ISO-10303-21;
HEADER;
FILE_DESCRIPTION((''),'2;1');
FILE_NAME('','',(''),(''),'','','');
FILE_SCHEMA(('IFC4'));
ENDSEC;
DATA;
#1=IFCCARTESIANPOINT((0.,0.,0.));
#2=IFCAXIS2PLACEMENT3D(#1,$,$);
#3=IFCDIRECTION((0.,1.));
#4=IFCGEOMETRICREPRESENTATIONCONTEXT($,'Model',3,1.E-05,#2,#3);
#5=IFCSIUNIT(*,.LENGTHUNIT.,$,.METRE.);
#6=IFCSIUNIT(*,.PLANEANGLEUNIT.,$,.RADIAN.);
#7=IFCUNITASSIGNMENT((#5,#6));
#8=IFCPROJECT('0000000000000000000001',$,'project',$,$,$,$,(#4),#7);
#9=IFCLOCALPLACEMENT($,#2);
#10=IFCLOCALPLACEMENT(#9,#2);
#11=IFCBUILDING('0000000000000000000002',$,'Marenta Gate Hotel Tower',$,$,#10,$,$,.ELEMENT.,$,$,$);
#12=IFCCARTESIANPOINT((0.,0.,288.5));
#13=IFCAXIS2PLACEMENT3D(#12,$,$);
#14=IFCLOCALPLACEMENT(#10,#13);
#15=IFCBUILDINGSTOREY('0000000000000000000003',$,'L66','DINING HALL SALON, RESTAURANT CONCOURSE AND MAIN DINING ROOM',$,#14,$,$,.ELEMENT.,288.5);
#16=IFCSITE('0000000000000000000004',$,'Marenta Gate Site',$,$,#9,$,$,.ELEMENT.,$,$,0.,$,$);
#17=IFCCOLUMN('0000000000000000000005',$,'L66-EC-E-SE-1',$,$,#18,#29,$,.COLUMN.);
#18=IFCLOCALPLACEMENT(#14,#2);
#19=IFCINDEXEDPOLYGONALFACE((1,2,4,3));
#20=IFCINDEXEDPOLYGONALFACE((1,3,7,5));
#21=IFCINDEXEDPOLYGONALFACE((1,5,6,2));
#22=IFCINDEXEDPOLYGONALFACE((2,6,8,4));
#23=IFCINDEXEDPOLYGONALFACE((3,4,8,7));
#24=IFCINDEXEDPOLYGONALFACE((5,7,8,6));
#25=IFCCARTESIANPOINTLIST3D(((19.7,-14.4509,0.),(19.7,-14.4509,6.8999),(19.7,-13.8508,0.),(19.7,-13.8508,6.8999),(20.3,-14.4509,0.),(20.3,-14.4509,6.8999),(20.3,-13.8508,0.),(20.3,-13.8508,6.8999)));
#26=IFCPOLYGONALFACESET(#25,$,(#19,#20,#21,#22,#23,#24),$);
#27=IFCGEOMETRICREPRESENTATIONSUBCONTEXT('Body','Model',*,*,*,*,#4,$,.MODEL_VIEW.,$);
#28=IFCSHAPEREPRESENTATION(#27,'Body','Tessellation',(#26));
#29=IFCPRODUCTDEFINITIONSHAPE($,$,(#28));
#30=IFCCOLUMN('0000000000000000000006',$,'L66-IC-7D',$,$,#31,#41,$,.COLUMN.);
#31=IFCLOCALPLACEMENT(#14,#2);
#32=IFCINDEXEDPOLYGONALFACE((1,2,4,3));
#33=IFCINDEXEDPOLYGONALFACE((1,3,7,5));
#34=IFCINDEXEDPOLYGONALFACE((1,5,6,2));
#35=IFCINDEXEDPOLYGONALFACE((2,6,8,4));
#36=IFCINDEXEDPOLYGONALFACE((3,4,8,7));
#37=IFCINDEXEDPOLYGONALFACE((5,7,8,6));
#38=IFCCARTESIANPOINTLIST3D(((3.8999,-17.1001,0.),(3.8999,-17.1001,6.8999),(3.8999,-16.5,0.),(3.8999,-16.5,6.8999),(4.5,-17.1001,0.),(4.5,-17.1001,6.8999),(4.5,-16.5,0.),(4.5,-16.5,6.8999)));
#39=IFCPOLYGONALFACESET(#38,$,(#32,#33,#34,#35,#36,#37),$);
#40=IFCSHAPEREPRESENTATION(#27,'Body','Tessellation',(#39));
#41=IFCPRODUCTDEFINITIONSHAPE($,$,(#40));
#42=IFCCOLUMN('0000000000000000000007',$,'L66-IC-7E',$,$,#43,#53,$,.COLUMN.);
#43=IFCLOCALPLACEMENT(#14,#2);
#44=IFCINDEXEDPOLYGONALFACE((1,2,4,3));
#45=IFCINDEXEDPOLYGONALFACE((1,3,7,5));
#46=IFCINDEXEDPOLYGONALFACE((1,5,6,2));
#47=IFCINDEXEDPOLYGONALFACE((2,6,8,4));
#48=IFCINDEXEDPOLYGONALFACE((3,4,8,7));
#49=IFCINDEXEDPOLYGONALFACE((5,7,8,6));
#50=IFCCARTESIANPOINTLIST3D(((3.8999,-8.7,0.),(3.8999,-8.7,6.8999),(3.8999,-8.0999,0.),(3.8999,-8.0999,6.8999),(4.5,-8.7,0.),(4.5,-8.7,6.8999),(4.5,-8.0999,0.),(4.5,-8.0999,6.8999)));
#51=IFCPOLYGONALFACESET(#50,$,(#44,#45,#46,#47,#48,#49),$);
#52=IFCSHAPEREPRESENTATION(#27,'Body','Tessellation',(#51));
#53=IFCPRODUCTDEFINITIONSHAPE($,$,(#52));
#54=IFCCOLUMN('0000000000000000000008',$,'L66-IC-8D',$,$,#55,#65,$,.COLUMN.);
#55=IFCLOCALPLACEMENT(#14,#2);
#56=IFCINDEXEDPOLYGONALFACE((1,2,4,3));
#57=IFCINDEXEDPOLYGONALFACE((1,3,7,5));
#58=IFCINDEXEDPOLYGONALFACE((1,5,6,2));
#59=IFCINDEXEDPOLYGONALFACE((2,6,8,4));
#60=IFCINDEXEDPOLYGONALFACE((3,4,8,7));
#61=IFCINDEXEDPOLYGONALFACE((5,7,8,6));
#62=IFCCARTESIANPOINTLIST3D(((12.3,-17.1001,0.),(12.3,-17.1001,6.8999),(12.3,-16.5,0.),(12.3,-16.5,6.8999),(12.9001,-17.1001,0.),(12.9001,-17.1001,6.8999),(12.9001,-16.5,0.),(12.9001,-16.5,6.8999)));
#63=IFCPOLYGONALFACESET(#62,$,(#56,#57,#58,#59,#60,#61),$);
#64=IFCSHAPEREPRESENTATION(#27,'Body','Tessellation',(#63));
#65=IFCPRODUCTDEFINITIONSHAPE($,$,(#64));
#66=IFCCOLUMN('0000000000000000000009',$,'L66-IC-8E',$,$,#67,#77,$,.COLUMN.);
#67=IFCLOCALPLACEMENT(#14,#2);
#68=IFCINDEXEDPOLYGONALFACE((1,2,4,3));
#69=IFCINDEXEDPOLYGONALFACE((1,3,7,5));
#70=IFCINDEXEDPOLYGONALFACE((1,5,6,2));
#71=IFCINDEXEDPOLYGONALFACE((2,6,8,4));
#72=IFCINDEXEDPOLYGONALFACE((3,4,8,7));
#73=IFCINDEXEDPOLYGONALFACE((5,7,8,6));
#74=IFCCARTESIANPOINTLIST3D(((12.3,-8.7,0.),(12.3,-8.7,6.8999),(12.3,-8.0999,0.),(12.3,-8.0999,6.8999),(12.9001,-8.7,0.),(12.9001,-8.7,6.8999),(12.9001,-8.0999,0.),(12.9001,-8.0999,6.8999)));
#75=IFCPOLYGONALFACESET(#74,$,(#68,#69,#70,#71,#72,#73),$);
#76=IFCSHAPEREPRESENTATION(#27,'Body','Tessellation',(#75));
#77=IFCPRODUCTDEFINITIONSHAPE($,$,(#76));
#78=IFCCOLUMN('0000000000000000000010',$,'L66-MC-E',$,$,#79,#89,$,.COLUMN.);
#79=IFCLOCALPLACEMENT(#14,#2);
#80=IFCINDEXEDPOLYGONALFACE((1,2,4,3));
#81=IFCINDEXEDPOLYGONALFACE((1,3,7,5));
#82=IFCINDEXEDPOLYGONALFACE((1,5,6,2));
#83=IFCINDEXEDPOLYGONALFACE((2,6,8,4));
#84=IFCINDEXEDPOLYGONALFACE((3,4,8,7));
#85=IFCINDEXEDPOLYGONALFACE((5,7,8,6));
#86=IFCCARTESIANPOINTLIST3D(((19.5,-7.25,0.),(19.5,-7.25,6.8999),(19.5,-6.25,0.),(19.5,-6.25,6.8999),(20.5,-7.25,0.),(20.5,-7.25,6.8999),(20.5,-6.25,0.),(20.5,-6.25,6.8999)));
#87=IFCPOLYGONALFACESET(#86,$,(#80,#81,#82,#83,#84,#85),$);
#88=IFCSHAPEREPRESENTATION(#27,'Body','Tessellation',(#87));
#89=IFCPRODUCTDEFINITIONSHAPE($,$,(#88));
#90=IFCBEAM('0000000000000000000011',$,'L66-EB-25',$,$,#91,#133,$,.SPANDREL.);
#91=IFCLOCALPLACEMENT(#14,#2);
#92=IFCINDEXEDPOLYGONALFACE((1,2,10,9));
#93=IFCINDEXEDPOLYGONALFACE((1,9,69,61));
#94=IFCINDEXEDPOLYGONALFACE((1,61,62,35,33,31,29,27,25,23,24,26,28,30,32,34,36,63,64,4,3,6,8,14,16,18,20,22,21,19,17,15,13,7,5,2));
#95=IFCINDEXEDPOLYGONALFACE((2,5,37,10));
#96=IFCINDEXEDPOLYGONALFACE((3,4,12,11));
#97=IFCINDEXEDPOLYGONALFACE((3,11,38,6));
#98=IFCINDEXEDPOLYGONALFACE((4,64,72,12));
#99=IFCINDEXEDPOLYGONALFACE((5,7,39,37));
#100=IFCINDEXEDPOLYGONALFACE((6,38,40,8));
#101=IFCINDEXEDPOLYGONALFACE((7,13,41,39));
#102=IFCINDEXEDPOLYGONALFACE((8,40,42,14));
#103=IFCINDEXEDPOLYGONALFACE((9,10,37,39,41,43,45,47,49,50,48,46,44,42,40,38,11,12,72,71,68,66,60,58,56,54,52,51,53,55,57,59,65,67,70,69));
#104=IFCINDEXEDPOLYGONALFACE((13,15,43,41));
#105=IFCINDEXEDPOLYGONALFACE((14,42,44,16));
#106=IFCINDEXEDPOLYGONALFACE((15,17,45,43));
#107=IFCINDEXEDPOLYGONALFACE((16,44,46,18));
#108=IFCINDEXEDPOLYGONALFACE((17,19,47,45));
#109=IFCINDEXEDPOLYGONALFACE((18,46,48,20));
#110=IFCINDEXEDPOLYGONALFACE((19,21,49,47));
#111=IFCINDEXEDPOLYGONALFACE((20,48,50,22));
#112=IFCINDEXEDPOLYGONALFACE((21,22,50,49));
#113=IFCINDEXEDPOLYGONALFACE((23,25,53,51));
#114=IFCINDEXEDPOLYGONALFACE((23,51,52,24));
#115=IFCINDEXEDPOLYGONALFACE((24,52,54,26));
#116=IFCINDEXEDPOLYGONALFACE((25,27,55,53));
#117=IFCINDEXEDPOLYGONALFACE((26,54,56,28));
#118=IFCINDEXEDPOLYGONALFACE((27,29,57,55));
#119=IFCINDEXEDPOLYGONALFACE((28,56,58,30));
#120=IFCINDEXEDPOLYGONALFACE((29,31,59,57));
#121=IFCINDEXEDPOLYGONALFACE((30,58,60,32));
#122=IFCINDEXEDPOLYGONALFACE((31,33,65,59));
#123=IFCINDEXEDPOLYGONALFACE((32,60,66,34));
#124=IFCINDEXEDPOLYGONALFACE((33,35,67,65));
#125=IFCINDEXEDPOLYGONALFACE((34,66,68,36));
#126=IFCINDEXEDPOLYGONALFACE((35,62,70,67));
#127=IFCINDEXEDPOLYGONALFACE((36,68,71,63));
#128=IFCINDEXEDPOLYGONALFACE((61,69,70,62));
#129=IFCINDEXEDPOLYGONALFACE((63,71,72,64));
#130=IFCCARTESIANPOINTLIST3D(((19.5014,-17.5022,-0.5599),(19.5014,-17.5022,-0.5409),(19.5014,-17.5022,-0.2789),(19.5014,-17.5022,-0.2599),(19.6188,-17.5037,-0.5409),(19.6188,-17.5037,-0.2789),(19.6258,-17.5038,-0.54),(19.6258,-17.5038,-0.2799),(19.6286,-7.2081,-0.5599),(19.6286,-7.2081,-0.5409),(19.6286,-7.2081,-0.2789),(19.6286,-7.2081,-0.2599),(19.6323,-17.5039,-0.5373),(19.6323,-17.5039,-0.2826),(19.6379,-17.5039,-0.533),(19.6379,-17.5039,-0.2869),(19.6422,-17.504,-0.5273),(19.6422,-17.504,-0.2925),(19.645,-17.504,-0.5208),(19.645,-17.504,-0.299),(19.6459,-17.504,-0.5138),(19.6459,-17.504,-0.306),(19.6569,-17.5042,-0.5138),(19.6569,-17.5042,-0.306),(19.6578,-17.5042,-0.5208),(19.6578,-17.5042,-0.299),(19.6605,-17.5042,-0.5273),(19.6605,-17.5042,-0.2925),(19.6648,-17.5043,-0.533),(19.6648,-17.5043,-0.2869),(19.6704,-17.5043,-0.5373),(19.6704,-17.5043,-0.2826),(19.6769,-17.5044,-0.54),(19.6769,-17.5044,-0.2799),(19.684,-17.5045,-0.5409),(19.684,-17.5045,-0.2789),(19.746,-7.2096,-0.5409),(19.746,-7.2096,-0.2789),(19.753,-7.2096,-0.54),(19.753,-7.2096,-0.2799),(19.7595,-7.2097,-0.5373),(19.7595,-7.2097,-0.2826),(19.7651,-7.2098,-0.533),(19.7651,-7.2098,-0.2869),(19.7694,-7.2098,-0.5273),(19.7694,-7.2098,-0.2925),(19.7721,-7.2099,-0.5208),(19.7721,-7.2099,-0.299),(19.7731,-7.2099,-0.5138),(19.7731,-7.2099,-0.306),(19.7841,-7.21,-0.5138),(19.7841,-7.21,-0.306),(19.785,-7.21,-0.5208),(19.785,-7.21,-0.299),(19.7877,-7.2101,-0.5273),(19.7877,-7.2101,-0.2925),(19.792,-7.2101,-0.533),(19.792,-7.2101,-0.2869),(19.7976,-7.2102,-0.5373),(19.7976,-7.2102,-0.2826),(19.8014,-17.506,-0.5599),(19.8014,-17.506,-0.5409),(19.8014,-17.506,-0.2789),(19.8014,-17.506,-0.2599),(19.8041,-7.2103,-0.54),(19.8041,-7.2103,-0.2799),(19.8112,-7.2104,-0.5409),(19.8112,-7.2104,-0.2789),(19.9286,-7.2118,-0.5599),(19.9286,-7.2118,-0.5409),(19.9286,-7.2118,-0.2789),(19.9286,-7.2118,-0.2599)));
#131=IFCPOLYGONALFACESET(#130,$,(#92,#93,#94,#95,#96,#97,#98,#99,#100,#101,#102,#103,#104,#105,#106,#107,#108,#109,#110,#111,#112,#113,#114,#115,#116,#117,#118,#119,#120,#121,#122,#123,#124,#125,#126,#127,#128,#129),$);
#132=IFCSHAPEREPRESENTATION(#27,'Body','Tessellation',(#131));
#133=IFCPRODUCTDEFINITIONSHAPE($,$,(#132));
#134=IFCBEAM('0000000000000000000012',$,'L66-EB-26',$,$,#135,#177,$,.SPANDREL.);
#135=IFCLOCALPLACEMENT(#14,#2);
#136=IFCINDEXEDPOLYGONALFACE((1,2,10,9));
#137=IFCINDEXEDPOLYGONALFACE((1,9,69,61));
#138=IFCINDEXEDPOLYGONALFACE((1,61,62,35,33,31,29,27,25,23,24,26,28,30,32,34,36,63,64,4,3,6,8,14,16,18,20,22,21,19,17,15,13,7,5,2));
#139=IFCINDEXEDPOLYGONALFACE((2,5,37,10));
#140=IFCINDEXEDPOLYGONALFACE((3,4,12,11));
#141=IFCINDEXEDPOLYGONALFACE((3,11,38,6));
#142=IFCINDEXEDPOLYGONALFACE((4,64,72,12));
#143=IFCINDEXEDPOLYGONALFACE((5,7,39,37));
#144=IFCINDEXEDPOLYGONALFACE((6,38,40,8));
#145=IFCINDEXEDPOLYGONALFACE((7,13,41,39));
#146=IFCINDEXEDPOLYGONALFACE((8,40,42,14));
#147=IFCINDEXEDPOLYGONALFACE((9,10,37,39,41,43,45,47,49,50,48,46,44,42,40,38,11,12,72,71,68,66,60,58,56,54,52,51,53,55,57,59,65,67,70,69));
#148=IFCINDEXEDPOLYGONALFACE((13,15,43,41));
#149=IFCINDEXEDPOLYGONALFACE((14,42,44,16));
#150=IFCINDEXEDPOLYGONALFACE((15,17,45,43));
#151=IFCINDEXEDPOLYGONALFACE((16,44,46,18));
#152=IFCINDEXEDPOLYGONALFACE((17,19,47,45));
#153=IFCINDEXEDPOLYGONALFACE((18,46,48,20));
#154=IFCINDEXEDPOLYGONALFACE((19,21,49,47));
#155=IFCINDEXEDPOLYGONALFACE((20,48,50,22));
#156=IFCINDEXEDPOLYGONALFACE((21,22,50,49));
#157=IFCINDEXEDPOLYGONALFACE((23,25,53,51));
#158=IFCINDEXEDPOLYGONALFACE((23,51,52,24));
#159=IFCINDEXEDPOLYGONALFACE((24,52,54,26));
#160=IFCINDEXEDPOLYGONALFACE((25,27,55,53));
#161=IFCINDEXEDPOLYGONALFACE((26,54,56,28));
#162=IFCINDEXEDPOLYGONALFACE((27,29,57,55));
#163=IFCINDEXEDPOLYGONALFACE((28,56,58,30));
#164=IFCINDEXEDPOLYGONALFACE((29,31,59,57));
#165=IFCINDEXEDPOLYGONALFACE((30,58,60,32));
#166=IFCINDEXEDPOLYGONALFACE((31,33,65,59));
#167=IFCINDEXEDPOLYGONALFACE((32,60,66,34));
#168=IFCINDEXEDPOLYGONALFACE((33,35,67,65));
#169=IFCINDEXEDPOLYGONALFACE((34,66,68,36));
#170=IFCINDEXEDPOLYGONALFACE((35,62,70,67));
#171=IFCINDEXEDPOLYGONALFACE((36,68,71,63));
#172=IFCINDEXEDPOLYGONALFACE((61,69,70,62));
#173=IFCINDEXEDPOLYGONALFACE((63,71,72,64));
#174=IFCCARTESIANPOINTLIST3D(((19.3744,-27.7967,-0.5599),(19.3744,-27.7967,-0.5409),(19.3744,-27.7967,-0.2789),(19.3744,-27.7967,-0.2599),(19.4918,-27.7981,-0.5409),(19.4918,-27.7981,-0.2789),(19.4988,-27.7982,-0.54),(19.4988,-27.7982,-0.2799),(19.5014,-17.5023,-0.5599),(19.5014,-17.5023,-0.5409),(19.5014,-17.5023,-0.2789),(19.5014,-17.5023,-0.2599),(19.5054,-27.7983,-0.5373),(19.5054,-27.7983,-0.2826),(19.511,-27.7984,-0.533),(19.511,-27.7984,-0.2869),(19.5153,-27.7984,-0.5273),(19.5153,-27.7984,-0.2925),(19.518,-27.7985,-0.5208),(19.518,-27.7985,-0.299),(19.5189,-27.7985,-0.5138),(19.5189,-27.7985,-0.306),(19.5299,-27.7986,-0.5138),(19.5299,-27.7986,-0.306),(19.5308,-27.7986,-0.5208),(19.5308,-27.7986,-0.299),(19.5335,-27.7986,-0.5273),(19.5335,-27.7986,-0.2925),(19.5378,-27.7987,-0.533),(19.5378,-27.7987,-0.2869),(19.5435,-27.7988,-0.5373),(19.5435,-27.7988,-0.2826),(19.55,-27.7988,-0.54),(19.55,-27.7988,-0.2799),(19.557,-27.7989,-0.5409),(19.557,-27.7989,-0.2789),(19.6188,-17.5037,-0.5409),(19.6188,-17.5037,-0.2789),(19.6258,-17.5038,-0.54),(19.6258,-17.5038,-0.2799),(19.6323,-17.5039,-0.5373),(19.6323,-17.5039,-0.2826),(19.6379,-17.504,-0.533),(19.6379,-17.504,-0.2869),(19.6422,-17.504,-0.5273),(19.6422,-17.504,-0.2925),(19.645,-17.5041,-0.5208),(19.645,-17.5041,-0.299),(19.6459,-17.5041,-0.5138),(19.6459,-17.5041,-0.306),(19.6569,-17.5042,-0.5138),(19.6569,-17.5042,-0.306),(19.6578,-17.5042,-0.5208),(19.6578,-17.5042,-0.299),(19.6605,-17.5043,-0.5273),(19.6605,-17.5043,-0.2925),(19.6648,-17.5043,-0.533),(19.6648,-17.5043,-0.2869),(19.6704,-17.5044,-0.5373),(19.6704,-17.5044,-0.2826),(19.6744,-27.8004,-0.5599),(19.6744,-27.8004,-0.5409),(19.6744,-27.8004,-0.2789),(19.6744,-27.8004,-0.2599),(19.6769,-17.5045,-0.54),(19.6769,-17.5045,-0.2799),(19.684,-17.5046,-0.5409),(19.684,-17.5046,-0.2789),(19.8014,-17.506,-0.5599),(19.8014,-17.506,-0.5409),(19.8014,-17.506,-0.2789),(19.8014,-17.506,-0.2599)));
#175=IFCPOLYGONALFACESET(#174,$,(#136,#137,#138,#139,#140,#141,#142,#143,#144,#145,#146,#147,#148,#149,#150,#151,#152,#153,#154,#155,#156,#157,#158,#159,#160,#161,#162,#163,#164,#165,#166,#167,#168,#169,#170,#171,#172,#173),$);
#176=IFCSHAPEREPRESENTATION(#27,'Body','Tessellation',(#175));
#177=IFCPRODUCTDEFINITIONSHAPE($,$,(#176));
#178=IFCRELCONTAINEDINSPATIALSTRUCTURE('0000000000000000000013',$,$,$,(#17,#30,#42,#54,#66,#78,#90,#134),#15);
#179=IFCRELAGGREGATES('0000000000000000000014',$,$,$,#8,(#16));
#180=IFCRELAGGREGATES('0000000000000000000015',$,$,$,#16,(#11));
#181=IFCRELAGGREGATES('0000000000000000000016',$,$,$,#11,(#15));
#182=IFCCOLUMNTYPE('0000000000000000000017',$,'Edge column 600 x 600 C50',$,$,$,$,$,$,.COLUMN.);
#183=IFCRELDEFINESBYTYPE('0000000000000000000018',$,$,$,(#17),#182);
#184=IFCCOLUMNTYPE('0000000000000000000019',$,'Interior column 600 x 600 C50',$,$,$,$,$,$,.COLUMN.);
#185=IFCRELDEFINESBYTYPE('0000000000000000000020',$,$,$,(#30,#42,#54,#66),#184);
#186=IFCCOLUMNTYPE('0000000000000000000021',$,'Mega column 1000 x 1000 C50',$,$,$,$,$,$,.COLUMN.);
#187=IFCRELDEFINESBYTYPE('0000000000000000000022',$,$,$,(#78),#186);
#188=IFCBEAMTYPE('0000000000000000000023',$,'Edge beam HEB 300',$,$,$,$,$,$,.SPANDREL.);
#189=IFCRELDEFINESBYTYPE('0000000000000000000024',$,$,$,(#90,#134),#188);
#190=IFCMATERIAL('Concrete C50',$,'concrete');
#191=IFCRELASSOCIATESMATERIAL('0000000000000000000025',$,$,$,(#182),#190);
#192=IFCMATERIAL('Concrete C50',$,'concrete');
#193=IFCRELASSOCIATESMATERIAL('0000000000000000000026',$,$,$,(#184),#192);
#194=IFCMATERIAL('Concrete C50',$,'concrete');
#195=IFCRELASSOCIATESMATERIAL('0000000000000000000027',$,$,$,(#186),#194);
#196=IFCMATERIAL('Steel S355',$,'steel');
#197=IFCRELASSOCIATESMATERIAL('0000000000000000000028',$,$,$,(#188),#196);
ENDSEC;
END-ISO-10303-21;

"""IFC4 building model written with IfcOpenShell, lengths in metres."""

from ifc_helpers import new_model, si_unit, direction, frame, origin, origin_2d, place, context, subcontext, project, spatial, rectangle, i_section, extrude, material, material_profile, profile_set, type_object, element, save


model = new_model("IFC4")

# Units and contexts
model_context = context("Model", 3, precision=1e-05, world=origin(), true_north=direction((0.0, 1.0)))
body_context = subcontext(model_context, "Body", "Model", "MODEL_VIEW")
ifc_project = project(units=[si_unit("LENGTHUNIT", "METRE"), si_unit("PLANEANGLEUNIT", "RADIAN")], contexts=[model_context])

# Site, building, storey
site_placement = place(None, origin())
site = spatial("IfcSite", under=ifc_project, at=site_placement, Name="Marenta Gate Site", CompositionType="ELEMENT", RefElevation=0.0)
building_placement = place(site_placement, origin())
building = spatial("IfcBuilding", under=site, at=building_placement, Name="Marenta Gate Hotel Tower", CompositionType="ELEMENT")
storey_placement = place(building_placement, frame((0.0, 0.0, 288.5)))
storey = spatial("IfcBuildingStorey", under=building, at=storey_placement, Name="L66", Description="DINING HALL SALON, RESTAURANT CONCOURSE AND MAIN DINING ROOM", CompositionType="ELEMENT", Elevation=288.5)

# Columns
ifc_material_1 = material(Name="Concrete C50", Category="concrete")
ifc_material_profile_1 = material_profile(ifc_material_1, rectangle(XDim=0.6001, YDim=0.6001, at=origin_2d()), Name="600 x 600")
ifc_profile_set_1 = profile_set([ifc_material_profile_1], Name="Concrete C50")
column_type_1 = type_object("IfcColumnType", Name="Edge column 600 x 600 C50", PredefinedType="COLUMN", material=ifc_profile_set_1)
column_1_placement = place(storey_placement, frame((20.0, -14.1509, 0.0), z_axis=(0.0, 0.0, 1.0), x_axis=(1.0, 0.0, 0.0)))
element("IfcColumn", 1, at=column_1_placement, inside=storey, type_object=column_type_1, Name="L66-EC-E-SE-1", PredefinedType="COLUMN", context=body_context, shape_type="SweptSolid", body=[
    extrude(rectangle(XDim=0.6001, YDim=0.6001, at=origin_2d()), origin(), (0.0, 0.0, 1.0), 6.8999),
])
ifc_material_2 = material(Name="Concrete C50", Category="concrete")
ifc_material_profile_2 = material_profile(ifc_material_2, rectangle(XDim=0.6001, YDim=0.6001, at=origin_2d()), Name="600 x 600")
ifc_profile_set_2 = profile_set([ifc_material_profile_2], Name="Concrete C50")
column_type_2 = type_object("IfcColumnType", Name="Interior column 600 x 600 C50", PredefinedType="COLUMN", material=ifc_profile_set_2)
for number, where, z_axis, x_axis, name in (
    (2, (4.2, -16.8, 0.0), (0.0, 0.0, 1.0), (1.0, 0.0, 0.0), "L66-IC-7D"),
    (3, (4.2, -8.3999, 0.0), (0.0, 0.0, 1.0), (1.0, 0.0, 0.0), "L66-IC-7E"),
    (4, (12.6001, -16.8, 0.0), (0.0, 0.0, 1.0), (1.0, 0.0, 0.0), "L66-IC-8D"),
    (5, (12.6001, -8.3999, 0.0), (0.0, 0.0, 1.0), (1.0, 0.0, 0.0), "L66-IC-8E"),
):
    element("IfcColumn", number, at=place(storey_placement, frame(where, z_axis=z_axis, x_axis=x_axis)), inside=storey, type_object=column_type_2, Name=name, PredefinedType="COLUMN", context=body_context, shape_type="SweptSolid", body=[
        extrude(rectangle(XDim=0.6001, YDim=0.6001, at=origin_2d()), origin(), (0.0, 0.0, 1.0), 6.8999),
    ])
ifc_material_3 = material(Name="Concrete C50", Category="concrete")
ifc_material_profile_3 = material_profile(ifc_material_3, rectangle(XDim=1.0, YDim=1.0, at=origin_2d()), Name="1000 x 1000")
ifc_profile_set_3 = profile_set([ifc_material_profile_3], Name="Concrete C50")
column_type_3 = type_object("IfcColumnType", Name="Mega column 1000 x 1000 C50", PredefinedType="COLUMN", material=ifc_profile_set_3)
column_2_placement = place(storey_placement, frame((20.0, -6.75, 0.0), z_axis=(0.0, 0.0, 1.0), x_axis=(1.0, 0.0, 0.0)))
element("IfcColumn", 6, at=column_2_placement, inside=storey, type_object=column_type_3, Name="L66-MC-E", PredefinedType="COLUMN", context=body_context, shape_type="SweptSolid", body=[
    extrude(rectangle(XDim=1.0, YDim=1.0, at=origin_2d()), origin(), (0.0, 0.0, 1.0), 6.8999),
])

# Beams
ifc_material_4 = material(Name="Steel S355", Category="steel")
ifc_material_profile_4 = material_profile(ifc_material_4, i_section(OverallWidth=0.3, OverallDepth=0.3, WebThickness=0.011, FlangeThickness=0.019, FilletRadius=0.0271, at=origin_2d()), Name="HEB 300")
ifc_profile_set_4 = profile_set([ifc_material_profile_4], Name="Steel S355")
beam_type_1 = type_object("IfcBeamType", Name="Edge beam HEB 300", PredefinedType="SPANDREL", material=ifc_profile_set_4)
beam_1_placement = place(storey_placement, frame((19.7786, -7.21, -0.4099), z_axis=(-0.012355, -0.999924, 0.0), x_axis=(0.999924, -0.012355, 0.0)))
element("IfcBeam", 7, at=beam_1_placement, inside=storey, type_object=beam_type_1, Name="L66-EB-25", PredefinedType="SPANDREL", context=body_context, shape_type="SweptSolid", body=[
    extrude(i_section(OverallWidth=0.3, OverallDepth=0.3, WebThickness=0.011, FlangeThickness=0.019, FilletRadius=0.0271, at=origin_2d()), origin(), (0.0, 0.0, 1.0), 10.2949),
])
beam_2_placement = place(storey_placement, frame((19.6514, -17.5042, -0.4099), z_axis=(-0.012331, -0.999924, 0.0), x_axis=(0.999924, -0.012331, 0.0)))
element("IfcBeam", 8, at=beam_2_placement, inside=storey, type_object=beam_type_1, Name="L66-EB-26", PredefinedType="SPANDREL", context=body_context, shape_type="SweptSolid", body=[
    extrude(i_section(OverallWidth=0.3, OverallDepth=0.3, WebThickness=0.011, FlangeThickness=0.019, FilletRadius=0.0271, at=origin_2d()), origin(), (0.0, 0.0, 1.0), 10.2952),
])

save(model, "model.ifc")
